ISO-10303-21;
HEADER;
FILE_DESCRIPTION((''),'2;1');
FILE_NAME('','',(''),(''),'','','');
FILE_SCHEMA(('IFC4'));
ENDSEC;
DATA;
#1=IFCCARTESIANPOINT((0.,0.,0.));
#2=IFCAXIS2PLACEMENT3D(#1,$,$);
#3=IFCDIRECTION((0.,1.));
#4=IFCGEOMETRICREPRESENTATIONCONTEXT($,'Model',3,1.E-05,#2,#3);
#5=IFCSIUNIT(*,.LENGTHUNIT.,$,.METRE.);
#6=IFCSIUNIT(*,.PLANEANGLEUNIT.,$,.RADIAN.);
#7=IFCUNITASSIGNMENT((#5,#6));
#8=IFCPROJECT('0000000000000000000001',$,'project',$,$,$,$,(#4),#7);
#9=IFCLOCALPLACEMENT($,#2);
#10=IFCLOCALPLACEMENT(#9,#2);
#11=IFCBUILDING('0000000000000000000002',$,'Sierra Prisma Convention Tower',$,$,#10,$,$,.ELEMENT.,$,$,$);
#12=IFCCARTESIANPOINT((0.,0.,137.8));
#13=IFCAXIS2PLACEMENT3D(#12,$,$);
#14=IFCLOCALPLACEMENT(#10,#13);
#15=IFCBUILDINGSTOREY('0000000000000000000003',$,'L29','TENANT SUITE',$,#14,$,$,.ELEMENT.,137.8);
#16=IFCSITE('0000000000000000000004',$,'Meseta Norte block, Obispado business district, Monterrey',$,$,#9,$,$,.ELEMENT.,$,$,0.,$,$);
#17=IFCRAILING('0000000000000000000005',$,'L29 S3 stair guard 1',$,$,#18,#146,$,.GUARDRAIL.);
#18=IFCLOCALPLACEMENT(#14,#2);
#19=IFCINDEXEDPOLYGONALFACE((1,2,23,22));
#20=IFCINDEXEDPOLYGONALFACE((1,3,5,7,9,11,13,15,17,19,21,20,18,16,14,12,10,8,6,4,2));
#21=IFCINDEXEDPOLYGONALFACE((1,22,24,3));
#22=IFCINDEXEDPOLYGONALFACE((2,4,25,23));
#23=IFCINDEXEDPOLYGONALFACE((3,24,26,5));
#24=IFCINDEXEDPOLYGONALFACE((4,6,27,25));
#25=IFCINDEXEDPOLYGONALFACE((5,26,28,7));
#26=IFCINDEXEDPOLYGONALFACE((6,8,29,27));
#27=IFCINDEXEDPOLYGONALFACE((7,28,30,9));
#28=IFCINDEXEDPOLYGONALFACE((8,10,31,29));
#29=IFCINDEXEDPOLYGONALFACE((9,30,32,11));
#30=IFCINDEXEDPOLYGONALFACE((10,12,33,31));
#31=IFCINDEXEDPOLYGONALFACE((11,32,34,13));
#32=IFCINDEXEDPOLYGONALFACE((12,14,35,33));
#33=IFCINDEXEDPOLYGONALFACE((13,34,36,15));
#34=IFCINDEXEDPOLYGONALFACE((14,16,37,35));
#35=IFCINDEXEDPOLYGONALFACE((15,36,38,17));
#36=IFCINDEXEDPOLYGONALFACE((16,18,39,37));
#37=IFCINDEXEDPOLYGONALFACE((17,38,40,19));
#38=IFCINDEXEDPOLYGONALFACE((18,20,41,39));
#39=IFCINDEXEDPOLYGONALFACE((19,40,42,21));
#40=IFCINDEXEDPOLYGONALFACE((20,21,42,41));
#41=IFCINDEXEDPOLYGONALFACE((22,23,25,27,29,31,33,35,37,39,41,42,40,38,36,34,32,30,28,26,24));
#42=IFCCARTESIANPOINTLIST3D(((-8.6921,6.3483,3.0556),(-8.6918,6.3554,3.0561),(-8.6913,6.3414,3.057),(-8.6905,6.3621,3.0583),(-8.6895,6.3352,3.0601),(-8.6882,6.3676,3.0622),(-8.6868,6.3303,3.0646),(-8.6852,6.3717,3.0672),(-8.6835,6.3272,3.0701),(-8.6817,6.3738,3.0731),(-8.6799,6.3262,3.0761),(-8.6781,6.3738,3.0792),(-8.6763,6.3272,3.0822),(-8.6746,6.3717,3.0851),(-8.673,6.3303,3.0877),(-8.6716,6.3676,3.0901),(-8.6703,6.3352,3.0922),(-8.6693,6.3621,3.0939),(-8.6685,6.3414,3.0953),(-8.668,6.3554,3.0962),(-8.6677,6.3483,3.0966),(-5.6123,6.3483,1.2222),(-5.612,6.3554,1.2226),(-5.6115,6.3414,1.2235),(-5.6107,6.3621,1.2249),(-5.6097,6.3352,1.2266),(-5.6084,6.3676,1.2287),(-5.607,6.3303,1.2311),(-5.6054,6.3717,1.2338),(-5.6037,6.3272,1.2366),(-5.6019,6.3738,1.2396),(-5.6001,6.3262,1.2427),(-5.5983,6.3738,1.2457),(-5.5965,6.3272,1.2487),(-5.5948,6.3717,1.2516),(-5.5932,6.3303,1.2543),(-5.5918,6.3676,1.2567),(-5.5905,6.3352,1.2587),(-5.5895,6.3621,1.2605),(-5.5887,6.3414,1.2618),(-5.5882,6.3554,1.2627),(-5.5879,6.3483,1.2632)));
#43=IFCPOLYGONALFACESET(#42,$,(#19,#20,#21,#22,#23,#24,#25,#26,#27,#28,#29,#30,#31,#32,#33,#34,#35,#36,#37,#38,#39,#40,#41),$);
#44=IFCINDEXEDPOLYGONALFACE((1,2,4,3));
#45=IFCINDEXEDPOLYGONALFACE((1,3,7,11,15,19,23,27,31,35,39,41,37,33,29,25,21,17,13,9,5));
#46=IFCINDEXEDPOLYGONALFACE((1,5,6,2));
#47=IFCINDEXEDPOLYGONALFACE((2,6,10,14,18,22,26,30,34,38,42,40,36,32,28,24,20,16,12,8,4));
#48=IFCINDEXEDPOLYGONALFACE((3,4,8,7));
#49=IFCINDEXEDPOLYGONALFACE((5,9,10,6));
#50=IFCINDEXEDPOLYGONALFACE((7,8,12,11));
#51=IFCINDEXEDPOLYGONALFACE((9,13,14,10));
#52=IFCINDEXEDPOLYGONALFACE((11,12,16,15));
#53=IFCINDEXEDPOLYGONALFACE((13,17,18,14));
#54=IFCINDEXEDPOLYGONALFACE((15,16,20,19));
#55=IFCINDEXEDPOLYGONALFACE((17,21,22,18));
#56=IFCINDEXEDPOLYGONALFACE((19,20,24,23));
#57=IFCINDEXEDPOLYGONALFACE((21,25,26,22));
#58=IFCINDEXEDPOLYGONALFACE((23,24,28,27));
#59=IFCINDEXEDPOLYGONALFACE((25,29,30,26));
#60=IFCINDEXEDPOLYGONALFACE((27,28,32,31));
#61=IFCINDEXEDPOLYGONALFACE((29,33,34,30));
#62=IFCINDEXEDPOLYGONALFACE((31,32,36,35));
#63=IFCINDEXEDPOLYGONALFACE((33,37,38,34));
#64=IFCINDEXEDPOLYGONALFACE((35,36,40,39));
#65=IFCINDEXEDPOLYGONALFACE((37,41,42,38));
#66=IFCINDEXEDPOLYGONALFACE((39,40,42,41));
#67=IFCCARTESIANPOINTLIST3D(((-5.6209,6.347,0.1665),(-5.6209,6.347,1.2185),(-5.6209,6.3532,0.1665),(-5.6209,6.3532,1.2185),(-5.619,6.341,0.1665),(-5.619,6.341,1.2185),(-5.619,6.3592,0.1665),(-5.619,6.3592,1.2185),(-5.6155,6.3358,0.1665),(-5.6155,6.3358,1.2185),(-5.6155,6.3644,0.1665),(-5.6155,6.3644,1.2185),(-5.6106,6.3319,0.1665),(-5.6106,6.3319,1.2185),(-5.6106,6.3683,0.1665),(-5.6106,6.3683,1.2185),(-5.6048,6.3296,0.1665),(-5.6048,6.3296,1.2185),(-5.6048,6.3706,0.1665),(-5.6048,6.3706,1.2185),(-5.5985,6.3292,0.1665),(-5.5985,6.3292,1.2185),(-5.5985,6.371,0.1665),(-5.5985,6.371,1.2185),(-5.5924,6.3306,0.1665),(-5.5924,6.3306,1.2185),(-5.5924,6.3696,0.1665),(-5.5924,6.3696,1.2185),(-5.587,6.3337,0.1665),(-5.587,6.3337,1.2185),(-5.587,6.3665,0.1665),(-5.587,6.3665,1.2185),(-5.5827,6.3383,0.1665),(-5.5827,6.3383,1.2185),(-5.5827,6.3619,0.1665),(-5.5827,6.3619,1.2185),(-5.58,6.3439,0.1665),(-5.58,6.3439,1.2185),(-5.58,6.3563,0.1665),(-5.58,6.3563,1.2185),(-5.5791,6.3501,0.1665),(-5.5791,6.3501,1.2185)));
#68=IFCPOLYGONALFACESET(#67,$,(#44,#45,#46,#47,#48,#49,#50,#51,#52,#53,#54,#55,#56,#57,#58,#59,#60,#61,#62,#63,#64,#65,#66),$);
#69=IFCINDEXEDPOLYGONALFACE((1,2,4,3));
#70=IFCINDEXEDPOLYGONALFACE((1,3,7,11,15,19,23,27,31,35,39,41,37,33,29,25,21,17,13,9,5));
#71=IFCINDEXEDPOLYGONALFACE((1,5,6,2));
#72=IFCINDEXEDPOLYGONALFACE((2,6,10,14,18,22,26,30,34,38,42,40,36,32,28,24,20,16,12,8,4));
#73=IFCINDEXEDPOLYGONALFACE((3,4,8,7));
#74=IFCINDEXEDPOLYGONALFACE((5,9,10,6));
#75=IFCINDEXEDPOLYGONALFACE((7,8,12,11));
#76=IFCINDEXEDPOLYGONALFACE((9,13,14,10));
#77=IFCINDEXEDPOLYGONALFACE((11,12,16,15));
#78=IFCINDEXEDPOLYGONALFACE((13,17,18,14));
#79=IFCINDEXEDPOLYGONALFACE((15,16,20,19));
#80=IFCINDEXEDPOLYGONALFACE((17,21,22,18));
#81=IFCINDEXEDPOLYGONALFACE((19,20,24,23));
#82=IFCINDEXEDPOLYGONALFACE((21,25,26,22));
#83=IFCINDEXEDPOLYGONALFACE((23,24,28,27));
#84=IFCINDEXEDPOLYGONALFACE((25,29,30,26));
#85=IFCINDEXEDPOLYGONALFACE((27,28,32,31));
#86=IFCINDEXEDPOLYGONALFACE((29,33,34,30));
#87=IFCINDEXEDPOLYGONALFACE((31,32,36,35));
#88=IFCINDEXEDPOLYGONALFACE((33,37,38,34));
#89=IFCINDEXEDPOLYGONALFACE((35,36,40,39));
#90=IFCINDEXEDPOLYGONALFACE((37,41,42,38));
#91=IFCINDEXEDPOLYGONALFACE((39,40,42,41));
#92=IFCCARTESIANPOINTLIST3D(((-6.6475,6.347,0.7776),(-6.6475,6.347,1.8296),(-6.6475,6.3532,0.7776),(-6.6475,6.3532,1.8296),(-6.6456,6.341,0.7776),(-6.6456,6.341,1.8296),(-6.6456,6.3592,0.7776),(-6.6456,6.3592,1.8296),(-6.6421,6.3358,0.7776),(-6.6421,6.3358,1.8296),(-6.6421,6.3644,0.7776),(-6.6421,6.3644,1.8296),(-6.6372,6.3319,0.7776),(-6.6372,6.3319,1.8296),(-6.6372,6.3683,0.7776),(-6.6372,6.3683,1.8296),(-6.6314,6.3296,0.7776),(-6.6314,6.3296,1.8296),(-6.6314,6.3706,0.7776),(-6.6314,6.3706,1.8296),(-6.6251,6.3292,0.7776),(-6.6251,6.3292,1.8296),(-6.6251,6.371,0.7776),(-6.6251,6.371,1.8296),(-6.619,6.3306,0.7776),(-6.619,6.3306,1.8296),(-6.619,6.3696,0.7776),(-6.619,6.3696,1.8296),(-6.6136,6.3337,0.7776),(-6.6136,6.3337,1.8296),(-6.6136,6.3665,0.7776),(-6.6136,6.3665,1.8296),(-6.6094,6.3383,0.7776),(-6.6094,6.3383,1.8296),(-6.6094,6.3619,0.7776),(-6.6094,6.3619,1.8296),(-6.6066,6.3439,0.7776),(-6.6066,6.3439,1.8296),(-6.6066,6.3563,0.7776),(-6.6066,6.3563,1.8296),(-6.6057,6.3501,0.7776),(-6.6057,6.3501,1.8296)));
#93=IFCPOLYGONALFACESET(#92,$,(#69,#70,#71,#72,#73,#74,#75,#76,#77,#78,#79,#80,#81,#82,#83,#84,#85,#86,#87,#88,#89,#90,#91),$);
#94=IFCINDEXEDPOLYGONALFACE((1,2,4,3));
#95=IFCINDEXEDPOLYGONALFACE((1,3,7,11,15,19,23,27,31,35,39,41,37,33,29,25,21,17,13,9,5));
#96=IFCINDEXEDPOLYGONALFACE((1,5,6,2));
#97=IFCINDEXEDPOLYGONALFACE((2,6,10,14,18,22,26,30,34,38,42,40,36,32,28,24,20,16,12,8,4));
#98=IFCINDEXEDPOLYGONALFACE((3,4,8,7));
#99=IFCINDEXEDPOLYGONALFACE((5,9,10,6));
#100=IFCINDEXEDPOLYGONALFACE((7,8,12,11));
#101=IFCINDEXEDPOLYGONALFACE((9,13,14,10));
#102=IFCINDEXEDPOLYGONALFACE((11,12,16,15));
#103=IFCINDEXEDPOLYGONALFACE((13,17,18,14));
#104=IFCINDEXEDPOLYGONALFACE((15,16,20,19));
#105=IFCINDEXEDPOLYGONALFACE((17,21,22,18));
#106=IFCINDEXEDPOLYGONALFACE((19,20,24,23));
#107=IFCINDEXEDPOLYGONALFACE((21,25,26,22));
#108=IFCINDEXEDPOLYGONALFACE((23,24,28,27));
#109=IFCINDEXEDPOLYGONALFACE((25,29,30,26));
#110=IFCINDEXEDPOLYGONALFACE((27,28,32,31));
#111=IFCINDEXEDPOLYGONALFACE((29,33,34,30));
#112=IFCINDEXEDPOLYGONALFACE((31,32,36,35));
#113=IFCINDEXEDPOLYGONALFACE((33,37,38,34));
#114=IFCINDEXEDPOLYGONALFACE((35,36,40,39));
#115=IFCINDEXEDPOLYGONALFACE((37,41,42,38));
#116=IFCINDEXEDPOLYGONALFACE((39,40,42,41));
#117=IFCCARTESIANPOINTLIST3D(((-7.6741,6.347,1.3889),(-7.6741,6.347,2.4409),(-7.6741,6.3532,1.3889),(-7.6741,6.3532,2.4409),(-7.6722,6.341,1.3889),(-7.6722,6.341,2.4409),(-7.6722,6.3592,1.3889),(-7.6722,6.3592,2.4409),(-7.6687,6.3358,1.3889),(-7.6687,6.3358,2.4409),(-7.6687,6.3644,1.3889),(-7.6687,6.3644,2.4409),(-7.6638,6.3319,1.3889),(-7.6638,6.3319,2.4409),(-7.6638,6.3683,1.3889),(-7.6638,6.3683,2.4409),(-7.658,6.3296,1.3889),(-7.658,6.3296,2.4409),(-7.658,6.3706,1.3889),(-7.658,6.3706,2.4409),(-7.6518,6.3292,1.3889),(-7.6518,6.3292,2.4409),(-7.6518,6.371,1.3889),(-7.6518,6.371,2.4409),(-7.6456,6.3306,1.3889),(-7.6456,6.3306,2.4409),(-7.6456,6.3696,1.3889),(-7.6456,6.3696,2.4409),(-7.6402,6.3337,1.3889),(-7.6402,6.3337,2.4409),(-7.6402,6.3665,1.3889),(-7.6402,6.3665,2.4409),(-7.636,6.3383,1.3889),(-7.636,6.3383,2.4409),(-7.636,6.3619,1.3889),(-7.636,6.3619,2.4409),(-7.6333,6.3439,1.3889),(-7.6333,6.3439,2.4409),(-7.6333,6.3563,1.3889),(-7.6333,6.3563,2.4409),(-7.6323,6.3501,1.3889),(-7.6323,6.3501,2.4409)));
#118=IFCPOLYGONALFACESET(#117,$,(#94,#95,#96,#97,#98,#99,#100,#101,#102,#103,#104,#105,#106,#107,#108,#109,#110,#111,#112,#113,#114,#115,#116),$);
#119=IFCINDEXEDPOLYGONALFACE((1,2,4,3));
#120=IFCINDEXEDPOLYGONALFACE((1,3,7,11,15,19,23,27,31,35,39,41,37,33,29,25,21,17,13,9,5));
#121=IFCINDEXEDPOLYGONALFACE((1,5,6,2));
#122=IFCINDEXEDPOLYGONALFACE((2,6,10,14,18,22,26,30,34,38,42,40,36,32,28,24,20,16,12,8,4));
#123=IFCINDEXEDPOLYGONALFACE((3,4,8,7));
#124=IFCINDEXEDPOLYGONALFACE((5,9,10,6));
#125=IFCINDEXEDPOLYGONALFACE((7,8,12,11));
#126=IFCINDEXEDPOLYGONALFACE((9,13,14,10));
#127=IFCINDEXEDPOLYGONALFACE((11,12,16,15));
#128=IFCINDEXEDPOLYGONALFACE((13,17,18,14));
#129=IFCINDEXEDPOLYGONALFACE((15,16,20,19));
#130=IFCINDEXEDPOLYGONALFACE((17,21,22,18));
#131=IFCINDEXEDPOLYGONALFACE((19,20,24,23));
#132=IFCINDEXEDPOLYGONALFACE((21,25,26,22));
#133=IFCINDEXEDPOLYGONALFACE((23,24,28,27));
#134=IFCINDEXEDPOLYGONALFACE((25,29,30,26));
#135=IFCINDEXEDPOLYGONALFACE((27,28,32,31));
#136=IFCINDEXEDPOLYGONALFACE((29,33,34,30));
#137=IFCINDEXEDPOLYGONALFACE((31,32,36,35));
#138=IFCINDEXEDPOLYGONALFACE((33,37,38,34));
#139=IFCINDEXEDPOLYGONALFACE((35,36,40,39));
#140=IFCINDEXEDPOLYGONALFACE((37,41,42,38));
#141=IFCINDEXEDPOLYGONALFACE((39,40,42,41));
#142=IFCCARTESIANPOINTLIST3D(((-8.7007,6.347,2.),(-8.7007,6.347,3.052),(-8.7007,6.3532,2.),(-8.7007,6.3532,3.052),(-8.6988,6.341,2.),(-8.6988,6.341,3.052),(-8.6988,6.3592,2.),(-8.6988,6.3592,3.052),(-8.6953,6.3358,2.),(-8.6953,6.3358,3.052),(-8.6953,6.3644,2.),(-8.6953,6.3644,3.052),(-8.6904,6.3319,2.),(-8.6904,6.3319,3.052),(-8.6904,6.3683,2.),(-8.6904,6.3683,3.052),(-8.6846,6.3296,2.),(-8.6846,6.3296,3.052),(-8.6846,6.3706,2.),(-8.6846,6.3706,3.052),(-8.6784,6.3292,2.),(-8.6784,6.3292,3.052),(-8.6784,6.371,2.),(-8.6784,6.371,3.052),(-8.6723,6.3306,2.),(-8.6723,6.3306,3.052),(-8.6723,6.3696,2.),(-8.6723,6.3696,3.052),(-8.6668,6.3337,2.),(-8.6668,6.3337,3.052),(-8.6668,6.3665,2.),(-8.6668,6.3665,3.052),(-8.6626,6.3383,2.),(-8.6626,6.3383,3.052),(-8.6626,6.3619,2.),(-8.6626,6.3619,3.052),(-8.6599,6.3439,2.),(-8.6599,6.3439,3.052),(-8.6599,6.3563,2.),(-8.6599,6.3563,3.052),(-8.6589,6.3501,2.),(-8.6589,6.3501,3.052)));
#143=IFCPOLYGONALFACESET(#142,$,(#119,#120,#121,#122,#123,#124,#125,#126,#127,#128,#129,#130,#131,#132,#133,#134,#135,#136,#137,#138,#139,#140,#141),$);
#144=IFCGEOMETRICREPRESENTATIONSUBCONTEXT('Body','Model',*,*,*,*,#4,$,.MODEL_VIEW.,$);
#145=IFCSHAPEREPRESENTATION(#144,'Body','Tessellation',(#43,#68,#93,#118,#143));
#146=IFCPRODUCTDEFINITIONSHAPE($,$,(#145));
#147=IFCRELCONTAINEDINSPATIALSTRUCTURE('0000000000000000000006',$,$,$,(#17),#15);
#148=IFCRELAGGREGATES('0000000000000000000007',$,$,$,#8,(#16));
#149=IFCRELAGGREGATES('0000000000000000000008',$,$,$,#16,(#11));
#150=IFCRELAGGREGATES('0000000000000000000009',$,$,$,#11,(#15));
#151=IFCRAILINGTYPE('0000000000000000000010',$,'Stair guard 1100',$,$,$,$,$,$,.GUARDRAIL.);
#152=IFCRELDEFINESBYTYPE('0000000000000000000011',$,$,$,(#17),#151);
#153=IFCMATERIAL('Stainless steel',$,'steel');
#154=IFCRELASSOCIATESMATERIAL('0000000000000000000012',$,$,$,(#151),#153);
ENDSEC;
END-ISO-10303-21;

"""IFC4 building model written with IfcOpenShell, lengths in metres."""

from ifc_helpers import new_model, si_unit, direction, frame, origin, origin_2d, place, context, subcontext, project, spatial, circle, extrude, material, type_object, element, save


model = new_model("IFC4")

# Units and contexts
model_context = context("Model", 3, precision=1e-05, world=origin(), true_north=direction((0.0, 1.0)))
body_context = subcontext(model_context, "Body", "Model", "MODEL_VIEW")
ifc_project = project(units=[si_unit("LENGTHUNIT", "METRE"), si_unit("PLANEANGLEUNIT", "RADIAN")], contexts=[model_context])

# Site, building, storey
site_placement = place(None, origin())
site = spatial("IfcSite", under=ifc_project, at=site_placement, Name="Meseta Norte block, Obispado business district, Monterrey", CompositionType="ELEMENT", RefElevation=0.0)
building_placement = place(site_placement, origin())
building = spatial("IfcBuilding", under=site, at=building_placement, Name="Sierra Prisma Convention Tower", CompositionType="ELEMENT")
storey_placement = place(building_placement, frame((0.0, 0.0, 137.8)))
storey = spatial("IfcBuildingStorey", under=building, at=storey_placement, Name="L29", Description="TENANT SUITE", CompositionType="ELEMENT", Elevation=137.8)

# Railing
ifc_material_1 = material(Name="Stainless steel", Category="steel")
railing_type_1 = type_object("IfcRailingType", Name="Stair guard 1100", PredefinedType="GUARDRAIL", material=ifc_material_1)
railing_1_placement = place(storey_placement, frame((-5.6001, 6.3501, 0.1665)))
element("IfcRailing", 1, at=railing_1_placement, inside=storey, type_object=railing_type_1, Name="L29 S3 stair guard 1", PredefinedType="GUARDRAIL", context=body_context, shape_type="SweptSolid", body=[
    extrude(circle(Radius=0.0239, at=origin_2d()), frame((0.0, 0.0, 1.0762), z_axis=(-0.859261, 0.0, 0.511538), x_axis=(0.0, -1.0, 0.0)), (0.0, 0.0, 1.0), 3.5842),
    extrude(circle(Radius=0.021, at=origin_2d()), origin(), (0.0, 0.0, 1.0), 1.052),
    extrude(circle(Radius=0.021, at=origin_2d()), frame((-1.0266, 0.0, 0.6111)), (0.0, 0.0, 1.0), 1.052),
    extrude(circle(Radius=0.021, at=origin_2d()), frame((-2.0532, 0.0, 1.2224)), (0.0, 0.0, 1.0), 1.052),
    extrude(circle(Radius=0.021, at=origin_2d()), frame((-3.0798, 0.0, 1.8335)), (0.0, 0.0, 1.0), 1.052),
])

save(model, "model.ifc")
